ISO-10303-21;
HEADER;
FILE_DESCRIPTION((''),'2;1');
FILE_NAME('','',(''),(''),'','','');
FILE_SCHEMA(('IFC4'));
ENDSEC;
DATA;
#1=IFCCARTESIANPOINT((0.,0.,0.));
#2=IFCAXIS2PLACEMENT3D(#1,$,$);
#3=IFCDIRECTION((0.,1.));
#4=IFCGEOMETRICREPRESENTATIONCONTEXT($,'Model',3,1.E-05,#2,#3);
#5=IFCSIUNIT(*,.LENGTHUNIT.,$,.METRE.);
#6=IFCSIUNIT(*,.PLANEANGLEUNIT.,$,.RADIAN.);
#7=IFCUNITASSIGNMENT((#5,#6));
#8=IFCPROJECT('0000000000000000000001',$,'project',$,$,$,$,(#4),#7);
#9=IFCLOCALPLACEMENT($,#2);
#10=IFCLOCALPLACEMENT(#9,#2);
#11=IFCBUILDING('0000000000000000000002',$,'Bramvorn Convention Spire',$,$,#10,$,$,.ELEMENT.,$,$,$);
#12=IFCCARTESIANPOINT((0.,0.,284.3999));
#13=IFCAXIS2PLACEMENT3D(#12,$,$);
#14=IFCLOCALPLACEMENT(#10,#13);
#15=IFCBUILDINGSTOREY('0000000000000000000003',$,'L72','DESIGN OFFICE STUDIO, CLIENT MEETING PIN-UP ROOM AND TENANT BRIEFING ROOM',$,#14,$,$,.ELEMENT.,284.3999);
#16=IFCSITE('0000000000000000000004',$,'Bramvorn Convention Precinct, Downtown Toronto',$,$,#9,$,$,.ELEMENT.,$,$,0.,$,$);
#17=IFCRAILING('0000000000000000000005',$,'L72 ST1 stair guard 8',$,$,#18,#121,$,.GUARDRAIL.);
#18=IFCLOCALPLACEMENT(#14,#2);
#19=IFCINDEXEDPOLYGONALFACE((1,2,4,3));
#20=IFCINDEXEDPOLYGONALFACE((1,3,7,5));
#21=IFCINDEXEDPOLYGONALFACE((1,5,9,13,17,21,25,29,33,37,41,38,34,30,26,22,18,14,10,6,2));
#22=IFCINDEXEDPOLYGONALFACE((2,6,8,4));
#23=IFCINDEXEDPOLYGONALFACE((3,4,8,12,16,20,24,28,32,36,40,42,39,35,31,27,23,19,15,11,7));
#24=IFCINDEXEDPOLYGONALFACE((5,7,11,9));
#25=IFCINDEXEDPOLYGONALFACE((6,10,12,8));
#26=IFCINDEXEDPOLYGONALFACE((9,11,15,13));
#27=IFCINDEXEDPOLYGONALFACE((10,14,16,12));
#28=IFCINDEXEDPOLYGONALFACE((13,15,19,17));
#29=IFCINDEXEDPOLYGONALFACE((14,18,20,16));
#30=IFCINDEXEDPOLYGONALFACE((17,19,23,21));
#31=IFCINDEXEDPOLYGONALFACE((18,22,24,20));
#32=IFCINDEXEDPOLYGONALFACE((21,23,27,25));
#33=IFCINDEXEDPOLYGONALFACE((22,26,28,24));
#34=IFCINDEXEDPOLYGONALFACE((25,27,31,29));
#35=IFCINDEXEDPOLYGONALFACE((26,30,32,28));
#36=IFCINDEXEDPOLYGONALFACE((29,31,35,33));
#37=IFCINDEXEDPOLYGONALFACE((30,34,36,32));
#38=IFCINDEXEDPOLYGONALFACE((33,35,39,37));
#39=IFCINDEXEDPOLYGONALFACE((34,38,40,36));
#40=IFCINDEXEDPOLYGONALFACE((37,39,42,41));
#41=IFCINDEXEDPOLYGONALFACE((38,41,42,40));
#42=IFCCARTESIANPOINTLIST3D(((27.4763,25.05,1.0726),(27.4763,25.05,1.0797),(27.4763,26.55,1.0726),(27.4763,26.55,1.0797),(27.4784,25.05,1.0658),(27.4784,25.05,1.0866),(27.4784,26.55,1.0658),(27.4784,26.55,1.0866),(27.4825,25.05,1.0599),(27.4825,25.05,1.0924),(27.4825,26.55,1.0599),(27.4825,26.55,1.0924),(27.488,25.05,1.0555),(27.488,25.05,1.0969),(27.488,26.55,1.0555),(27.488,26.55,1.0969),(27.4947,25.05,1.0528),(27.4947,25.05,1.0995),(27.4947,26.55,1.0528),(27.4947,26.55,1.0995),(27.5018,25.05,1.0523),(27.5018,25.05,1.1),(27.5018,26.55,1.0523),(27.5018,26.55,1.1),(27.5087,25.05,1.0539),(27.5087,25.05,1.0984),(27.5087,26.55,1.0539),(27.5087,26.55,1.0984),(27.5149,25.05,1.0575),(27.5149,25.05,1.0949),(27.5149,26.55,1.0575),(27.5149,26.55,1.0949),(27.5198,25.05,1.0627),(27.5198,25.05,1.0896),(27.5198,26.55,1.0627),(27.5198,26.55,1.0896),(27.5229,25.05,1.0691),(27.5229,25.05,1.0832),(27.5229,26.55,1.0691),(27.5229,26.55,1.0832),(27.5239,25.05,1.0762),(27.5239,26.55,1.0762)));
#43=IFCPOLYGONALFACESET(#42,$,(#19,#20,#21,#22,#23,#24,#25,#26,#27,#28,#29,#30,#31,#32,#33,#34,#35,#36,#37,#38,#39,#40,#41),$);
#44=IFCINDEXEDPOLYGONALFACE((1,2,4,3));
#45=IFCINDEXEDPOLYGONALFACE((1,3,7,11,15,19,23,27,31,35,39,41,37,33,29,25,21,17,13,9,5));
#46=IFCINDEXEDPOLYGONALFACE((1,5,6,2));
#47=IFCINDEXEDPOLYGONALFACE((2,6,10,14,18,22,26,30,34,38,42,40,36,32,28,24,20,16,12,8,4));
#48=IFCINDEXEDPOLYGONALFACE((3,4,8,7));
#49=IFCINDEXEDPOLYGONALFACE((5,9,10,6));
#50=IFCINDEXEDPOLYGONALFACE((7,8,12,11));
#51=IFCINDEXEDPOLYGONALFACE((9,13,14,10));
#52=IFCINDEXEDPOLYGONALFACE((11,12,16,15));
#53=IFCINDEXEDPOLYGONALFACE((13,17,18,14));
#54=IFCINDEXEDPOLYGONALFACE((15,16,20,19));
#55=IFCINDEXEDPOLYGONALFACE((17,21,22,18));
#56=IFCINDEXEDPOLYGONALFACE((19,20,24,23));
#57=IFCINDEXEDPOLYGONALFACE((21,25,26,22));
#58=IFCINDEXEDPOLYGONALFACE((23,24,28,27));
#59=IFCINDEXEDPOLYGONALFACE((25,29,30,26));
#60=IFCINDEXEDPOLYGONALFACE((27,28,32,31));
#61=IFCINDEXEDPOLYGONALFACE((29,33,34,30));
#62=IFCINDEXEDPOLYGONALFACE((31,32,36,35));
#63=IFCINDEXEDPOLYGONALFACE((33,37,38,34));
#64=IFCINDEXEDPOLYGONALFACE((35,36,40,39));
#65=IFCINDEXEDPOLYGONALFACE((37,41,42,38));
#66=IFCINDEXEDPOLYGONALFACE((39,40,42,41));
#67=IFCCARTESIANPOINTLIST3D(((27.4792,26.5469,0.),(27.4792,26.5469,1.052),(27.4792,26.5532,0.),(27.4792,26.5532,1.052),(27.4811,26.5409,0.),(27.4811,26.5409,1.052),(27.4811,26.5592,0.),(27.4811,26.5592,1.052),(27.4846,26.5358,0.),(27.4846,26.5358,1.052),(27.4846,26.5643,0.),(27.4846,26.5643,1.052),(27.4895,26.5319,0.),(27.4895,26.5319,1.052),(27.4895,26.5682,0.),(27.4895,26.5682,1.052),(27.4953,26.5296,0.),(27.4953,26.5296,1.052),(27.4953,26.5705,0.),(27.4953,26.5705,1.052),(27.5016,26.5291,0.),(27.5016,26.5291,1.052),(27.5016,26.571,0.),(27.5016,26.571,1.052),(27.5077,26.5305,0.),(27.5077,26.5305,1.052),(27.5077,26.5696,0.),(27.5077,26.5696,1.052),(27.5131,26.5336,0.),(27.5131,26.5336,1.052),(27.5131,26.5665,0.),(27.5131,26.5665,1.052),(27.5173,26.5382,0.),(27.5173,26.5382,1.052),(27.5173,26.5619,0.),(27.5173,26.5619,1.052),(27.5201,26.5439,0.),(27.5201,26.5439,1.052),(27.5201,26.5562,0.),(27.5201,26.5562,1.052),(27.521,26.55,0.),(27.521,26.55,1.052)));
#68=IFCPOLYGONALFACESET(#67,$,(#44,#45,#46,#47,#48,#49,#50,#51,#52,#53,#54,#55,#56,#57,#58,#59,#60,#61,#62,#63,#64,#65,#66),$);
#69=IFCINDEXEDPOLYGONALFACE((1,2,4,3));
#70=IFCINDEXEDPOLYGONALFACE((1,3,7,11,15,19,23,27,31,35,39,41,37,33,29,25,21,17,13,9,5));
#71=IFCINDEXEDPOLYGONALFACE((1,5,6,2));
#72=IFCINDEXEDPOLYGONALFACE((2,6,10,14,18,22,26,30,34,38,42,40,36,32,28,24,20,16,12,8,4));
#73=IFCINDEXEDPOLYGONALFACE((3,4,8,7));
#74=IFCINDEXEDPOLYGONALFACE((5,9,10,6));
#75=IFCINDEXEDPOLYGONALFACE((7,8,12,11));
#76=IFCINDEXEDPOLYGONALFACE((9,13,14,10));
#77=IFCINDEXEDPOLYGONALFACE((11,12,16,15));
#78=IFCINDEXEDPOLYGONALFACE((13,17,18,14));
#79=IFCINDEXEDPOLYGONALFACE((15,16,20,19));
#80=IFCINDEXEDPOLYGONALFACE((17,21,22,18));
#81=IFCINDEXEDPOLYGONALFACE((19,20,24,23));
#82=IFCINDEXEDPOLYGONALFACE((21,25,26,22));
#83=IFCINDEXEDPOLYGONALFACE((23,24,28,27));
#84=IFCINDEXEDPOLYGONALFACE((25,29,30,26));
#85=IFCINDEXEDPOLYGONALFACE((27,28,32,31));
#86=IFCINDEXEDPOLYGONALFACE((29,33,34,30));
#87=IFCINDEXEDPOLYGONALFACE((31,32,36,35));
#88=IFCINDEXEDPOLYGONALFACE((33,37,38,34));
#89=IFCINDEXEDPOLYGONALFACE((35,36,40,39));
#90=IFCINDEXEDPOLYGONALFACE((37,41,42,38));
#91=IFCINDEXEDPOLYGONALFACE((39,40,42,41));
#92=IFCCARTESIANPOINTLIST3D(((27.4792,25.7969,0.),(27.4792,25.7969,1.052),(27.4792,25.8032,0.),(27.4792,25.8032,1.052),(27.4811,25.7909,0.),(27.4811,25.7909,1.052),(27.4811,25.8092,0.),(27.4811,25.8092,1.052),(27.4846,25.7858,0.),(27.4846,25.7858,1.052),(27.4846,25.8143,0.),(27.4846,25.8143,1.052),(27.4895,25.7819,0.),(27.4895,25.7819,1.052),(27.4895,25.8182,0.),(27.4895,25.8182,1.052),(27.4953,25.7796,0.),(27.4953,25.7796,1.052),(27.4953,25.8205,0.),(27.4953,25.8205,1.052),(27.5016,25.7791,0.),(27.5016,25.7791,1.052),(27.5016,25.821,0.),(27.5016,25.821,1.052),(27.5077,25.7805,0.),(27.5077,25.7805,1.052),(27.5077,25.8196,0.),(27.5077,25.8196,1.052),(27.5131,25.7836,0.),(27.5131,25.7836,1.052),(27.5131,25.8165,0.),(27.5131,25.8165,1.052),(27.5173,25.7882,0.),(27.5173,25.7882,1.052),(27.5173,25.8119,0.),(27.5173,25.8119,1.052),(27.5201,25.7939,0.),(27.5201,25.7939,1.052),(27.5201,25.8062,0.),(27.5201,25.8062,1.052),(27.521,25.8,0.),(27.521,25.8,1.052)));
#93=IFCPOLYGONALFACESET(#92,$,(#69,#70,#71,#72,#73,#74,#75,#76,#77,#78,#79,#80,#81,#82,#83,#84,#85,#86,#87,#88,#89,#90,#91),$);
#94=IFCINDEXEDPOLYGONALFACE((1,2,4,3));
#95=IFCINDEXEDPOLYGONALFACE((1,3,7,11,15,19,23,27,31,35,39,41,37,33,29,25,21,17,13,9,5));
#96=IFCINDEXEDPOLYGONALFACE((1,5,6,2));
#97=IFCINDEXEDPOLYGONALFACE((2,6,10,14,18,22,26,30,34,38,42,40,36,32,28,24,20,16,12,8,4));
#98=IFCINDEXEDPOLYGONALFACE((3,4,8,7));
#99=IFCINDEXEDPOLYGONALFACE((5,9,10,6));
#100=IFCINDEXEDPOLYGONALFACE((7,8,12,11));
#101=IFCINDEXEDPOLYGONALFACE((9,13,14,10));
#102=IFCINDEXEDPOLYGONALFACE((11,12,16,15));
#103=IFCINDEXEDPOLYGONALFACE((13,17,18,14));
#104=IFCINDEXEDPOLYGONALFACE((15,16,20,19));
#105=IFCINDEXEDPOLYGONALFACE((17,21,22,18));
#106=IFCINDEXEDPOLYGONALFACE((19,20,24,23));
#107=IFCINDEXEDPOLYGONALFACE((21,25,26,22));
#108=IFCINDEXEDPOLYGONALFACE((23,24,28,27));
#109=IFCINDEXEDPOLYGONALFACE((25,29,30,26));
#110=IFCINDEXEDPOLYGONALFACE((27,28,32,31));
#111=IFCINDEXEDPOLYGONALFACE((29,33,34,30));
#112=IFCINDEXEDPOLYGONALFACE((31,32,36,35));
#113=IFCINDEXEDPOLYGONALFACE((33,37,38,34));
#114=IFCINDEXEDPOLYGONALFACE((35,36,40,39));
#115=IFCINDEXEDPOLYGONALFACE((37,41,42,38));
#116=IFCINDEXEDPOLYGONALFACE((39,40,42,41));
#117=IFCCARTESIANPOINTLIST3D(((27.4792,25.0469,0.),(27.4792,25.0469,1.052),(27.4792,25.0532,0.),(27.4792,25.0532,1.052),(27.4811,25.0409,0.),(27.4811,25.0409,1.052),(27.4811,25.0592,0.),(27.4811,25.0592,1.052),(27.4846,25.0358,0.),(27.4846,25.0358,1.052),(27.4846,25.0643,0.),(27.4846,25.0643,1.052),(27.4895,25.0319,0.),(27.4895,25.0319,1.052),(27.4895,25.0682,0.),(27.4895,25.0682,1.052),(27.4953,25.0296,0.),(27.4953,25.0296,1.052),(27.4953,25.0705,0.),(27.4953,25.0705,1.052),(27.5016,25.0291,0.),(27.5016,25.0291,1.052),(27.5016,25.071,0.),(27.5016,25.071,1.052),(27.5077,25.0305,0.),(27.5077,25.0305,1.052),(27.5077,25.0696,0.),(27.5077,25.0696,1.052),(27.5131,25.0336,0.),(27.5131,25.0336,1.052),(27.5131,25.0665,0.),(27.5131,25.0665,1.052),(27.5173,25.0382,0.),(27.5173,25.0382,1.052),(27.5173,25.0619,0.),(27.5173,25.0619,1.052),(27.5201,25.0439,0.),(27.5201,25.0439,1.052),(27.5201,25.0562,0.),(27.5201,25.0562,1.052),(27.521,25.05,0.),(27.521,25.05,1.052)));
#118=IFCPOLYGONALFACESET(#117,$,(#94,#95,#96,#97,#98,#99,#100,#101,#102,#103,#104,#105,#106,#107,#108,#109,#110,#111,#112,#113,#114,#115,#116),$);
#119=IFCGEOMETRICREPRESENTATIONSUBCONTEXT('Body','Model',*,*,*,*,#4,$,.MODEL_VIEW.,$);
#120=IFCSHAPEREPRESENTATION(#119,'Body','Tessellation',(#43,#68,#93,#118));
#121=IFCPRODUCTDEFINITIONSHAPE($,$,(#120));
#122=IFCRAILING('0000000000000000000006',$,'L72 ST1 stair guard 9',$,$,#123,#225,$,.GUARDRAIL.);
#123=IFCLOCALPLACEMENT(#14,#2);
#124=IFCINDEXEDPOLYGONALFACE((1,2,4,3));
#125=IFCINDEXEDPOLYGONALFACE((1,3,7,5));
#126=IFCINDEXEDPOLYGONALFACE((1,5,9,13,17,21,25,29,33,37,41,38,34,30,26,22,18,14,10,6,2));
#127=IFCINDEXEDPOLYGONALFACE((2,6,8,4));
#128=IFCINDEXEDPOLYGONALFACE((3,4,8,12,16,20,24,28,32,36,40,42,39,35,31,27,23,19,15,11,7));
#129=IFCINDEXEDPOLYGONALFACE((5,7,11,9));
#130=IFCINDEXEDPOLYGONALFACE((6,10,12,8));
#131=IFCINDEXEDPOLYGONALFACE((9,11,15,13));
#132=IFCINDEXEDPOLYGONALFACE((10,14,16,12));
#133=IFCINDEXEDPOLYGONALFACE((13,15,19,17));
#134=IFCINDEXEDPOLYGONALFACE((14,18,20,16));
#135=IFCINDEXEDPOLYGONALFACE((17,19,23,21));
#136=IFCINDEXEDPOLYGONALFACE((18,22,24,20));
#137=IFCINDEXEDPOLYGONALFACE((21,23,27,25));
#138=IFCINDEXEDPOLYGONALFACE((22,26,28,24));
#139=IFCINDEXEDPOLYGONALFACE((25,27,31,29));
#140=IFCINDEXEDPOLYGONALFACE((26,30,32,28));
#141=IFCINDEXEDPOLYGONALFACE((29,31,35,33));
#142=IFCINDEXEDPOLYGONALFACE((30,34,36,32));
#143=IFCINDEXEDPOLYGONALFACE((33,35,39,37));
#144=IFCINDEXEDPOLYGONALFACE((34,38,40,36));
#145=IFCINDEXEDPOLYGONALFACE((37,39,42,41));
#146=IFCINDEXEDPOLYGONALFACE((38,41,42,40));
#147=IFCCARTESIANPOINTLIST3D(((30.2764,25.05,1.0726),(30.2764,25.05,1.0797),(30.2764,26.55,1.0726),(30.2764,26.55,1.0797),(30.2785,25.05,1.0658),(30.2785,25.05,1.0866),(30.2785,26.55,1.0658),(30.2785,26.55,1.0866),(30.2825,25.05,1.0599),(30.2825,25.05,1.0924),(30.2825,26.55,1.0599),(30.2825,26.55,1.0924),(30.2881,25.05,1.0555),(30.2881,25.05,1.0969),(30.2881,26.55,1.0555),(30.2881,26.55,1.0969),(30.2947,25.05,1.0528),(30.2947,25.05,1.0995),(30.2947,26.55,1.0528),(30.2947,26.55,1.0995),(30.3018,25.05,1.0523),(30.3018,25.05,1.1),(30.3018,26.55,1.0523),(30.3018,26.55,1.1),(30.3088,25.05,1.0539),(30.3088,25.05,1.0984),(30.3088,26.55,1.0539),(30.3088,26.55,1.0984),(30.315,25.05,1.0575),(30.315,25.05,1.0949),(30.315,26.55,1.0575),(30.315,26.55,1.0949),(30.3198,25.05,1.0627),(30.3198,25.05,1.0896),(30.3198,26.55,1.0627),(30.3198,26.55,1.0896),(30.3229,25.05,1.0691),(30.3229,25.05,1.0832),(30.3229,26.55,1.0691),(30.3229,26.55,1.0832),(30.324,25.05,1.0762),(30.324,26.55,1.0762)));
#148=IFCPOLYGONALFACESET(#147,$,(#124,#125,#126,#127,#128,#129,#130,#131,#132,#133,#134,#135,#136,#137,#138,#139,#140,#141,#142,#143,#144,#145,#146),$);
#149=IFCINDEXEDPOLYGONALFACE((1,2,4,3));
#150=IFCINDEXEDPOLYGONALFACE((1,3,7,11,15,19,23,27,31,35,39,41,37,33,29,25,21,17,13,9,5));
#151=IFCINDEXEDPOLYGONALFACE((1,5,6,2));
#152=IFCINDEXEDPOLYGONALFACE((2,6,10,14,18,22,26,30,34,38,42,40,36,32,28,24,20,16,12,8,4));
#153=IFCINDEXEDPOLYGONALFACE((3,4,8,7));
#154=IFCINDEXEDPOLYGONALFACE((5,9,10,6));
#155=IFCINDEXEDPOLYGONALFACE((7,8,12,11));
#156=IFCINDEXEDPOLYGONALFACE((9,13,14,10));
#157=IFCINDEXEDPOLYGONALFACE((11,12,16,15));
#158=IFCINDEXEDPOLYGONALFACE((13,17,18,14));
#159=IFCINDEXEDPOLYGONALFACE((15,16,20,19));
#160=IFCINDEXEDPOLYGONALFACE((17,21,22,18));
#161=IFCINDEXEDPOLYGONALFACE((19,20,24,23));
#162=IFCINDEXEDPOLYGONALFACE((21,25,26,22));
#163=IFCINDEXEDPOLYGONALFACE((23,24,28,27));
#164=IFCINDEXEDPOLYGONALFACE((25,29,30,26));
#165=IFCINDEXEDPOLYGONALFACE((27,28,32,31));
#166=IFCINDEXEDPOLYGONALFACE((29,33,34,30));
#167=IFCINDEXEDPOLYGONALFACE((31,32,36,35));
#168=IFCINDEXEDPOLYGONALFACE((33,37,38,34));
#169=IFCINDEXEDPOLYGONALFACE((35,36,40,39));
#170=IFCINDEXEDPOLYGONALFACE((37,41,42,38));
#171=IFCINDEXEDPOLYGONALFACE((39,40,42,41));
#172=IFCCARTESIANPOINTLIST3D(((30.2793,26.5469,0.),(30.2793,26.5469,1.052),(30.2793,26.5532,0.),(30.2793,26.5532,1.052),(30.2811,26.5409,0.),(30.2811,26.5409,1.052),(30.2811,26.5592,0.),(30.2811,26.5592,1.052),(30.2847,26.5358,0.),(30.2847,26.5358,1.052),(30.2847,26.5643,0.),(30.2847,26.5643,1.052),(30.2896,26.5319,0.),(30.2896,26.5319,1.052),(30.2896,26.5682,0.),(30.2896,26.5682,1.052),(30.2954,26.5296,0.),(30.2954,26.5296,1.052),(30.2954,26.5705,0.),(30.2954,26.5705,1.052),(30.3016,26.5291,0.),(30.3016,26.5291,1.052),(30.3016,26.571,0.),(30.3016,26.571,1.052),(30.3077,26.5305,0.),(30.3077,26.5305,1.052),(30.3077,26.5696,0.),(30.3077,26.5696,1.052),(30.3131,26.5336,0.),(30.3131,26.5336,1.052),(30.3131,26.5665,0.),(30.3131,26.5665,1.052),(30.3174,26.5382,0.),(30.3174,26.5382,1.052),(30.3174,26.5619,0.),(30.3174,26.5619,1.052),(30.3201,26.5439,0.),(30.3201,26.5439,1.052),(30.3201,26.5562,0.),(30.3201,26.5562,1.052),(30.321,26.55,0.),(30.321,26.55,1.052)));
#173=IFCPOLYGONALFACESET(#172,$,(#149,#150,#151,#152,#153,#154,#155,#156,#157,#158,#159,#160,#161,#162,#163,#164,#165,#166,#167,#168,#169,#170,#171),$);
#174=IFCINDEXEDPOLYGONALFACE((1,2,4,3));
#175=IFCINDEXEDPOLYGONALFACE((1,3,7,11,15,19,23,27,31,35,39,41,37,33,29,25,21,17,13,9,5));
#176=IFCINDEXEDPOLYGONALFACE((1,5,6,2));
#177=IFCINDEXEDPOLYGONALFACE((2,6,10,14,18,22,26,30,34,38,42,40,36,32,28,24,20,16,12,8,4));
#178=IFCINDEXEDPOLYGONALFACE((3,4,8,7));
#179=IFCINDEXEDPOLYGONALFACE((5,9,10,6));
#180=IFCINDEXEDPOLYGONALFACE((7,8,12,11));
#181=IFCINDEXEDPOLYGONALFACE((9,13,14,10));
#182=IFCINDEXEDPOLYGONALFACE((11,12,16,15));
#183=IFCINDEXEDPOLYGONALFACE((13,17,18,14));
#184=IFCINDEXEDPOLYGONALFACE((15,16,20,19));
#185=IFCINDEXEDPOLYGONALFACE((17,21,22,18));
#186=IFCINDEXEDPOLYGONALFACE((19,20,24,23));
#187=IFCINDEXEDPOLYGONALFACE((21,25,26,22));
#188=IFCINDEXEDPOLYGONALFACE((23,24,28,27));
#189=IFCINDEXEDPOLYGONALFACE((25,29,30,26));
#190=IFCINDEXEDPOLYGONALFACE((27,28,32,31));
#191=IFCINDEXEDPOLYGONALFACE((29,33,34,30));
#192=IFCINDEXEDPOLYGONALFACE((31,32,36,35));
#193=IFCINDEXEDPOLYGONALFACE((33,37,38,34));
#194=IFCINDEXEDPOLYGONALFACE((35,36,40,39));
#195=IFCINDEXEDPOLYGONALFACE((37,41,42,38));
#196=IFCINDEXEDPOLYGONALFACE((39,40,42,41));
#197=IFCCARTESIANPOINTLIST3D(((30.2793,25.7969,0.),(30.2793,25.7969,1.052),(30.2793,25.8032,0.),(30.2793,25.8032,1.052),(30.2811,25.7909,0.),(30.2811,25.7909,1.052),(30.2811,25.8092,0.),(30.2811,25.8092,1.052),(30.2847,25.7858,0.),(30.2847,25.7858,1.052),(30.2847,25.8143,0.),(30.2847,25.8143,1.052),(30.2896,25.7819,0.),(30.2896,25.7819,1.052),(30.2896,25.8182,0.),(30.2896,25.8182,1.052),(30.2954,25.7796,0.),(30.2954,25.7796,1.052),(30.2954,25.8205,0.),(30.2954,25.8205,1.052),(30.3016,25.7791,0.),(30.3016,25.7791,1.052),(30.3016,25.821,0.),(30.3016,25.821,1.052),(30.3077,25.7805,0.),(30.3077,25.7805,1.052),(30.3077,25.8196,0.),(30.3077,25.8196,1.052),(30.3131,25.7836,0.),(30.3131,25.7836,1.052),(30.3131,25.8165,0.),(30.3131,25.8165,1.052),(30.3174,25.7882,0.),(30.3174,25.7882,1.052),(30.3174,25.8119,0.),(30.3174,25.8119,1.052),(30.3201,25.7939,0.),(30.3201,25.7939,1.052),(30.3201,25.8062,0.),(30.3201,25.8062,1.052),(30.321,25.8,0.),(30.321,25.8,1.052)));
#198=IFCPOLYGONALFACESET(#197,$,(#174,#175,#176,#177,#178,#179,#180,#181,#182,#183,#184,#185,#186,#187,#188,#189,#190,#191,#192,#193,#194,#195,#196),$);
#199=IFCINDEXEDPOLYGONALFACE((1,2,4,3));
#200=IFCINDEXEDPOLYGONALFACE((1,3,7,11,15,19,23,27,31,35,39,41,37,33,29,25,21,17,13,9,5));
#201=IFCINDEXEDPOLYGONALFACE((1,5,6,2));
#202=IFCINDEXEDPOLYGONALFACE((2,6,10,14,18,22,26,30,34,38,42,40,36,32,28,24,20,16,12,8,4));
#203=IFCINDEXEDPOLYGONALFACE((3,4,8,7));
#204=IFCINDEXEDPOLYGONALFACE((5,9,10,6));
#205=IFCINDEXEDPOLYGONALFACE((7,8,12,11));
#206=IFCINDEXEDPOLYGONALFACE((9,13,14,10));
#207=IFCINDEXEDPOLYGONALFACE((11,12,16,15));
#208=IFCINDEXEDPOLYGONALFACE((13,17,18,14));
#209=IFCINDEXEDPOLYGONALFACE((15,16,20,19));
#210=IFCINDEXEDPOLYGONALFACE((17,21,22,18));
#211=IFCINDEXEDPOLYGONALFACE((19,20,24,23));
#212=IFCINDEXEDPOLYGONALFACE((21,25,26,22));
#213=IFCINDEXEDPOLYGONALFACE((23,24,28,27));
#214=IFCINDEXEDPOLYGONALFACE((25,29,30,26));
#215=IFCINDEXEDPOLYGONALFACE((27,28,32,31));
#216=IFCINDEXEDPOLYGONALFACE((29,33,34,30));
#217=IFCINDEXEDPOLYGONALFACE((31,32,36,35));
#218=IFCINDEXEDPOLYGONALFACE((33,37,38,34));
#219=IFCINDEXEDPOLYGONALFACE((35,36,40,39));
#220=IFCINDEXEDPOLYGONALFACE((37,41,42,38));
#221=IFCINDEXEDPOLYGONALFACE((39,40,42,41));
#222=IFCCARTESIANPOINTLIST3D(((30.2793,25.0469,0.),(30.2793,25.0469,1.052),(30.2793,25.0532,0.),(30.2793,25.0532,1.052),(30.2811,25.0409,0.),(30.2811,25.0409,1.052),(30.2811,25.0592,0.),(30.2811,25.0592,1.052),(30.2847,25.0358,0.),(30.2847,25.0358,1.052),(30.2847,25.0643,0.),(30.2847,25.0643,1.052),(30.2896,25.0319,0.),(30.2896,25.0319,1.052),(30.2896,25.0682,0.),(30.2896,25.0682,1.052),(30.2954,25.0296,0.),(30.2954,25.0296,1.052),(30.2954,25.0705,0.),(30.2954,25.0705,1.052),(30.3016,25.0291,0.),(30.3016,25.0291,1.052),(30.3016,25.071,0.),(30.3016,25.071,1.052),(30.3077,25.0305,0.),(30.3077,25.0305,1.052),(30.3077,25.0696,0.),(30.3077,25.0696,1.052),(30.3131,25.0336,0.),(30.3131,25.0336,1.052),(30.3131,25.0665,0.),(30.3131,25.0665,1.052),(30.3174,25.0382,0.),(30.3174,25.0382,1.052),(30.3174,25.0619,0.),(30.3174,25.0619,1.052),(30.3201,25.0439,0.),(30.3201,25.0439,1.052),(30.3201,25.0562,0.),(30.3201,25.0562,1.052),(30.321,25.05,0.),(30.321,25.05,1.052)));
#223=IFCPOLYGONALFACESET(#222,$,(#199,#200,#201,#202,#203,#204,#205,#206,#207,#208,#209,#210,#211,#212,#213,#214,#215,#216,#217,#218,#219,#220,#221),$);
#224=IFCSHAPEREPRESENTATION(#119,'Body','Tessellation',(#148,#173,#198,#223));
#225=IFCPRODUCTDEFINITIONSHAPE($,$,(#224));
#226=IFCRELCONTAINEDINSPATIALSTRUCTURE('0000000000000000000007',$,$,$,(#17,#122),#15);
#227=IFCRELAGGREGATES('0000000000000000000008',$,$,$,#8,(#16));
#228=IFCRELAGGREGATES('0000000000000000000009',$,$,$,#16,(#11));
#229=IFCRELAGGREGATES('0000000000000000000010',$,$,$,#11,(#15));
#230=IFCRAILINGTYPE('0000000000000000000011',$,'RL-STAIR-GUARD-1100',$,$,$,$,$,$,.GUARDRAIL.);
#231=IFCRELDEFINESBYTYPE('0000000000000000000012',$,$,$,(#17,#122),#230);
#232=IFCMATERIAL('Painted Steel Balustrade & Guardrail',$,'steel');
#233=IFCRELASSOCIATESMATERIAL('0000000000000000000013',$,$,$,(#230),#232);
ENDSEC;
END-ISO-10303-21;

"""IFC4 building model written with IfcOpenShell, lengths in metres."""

from ifc_helpers import new_model, si_unit, direction, frame, origin, origin_2d, place, context, subcontext, project, spatial, circle, extrude, material, type_object, element, save


model = new_model("IFC4")

# Units and contexts
model_context = context("Model", 3, precision=1e-05, world=origin(), true_north=direction((0.0, 1.0)))
body_context = subcontext(model_context, "Body", "Model", "MODEL_VIEW")
ifc_project = project(units=[si_unit("LENGTHUNIT", "METRE"), si_unit("PLANEANGLEUNIT", "RADIAN")], contexts=[model_context])

# Site, building, storey
site_placement = place(None, origin())
site = spatial("IfcSite", under=ifc_project, at=site_placement, Name="Bramvorn Convention Precinct, Downtown Toronto", CompositionType="ELEMENT", RefElevation=0.0)
building_placement = place(site_placement, origin())
building = spatial("IfcBuilding", under=site, at=building_placement, Name="Bramvorn Convention Spire", CompositionType="ELEMENT")
storey_placement = place(building_placement, frame((0.0, 0.0, 284.3999)))
storey = spatial("IfcBuildingStorey", under=building, at=storey_placement, Name="L72", Description="DESIGN OFFICE STUDIO, CLIENT MEETING PIN-UP ROOM AND TENANT BRIEFING ROOM", CompositionType="ELEMENT", Elevation=284.3999)

# Railings
ifc_material_1 = material(Name="Painted Steel Balustrade & Guardrail", Category="steel")
railing_type = type_object("IfcRailingType", Name="RL-STAIR-GUARD-1100", PredefinedType="GUARDRAIL", material=ifc_material_1)
for number, where, name in (
    (1, (27.5, 26.55, 0.0), "L72 ST1 stair guard 8"),
    (2, (30.3, 26.55, 0.0), "L72 ST1 stair guard 9"),
):
    element("IfcRailing", number, at=place(storey_placement, frame(where)), inside=storey, type_object=railing_type, Name=name, PredefinedType="GUARDRAIL", context=body_context, shape_type="SweptSolid", body=[
        extrude(circle(Radius=0.0239, at=origin_2d()), frame((0.0, 0.0, 1.0762), z_axis=(0.0, -1.0, 0.0), x_axis=(1.0, 0.0, 0.0)), (0.0, 0.0, 1.0), 1.5),
        extrude(circle(Radius=0.021, at=origin_2d()), origin(), (0.0, 0.0, 1.0), 1.052),
        extrude(circle(Radius=0.021, at=origin_2d()), frame((0.0, -0.75, 0.0)), (0.0, 0.0, 1.0), 1.052),
        extrude(circle(Radius=0.021, at=origin_2d()), frame((0.0, -1.5, 0.0)), (0.0, 0.0, 1.0), 1.052),
    ])

save(model, "model.ifc")
